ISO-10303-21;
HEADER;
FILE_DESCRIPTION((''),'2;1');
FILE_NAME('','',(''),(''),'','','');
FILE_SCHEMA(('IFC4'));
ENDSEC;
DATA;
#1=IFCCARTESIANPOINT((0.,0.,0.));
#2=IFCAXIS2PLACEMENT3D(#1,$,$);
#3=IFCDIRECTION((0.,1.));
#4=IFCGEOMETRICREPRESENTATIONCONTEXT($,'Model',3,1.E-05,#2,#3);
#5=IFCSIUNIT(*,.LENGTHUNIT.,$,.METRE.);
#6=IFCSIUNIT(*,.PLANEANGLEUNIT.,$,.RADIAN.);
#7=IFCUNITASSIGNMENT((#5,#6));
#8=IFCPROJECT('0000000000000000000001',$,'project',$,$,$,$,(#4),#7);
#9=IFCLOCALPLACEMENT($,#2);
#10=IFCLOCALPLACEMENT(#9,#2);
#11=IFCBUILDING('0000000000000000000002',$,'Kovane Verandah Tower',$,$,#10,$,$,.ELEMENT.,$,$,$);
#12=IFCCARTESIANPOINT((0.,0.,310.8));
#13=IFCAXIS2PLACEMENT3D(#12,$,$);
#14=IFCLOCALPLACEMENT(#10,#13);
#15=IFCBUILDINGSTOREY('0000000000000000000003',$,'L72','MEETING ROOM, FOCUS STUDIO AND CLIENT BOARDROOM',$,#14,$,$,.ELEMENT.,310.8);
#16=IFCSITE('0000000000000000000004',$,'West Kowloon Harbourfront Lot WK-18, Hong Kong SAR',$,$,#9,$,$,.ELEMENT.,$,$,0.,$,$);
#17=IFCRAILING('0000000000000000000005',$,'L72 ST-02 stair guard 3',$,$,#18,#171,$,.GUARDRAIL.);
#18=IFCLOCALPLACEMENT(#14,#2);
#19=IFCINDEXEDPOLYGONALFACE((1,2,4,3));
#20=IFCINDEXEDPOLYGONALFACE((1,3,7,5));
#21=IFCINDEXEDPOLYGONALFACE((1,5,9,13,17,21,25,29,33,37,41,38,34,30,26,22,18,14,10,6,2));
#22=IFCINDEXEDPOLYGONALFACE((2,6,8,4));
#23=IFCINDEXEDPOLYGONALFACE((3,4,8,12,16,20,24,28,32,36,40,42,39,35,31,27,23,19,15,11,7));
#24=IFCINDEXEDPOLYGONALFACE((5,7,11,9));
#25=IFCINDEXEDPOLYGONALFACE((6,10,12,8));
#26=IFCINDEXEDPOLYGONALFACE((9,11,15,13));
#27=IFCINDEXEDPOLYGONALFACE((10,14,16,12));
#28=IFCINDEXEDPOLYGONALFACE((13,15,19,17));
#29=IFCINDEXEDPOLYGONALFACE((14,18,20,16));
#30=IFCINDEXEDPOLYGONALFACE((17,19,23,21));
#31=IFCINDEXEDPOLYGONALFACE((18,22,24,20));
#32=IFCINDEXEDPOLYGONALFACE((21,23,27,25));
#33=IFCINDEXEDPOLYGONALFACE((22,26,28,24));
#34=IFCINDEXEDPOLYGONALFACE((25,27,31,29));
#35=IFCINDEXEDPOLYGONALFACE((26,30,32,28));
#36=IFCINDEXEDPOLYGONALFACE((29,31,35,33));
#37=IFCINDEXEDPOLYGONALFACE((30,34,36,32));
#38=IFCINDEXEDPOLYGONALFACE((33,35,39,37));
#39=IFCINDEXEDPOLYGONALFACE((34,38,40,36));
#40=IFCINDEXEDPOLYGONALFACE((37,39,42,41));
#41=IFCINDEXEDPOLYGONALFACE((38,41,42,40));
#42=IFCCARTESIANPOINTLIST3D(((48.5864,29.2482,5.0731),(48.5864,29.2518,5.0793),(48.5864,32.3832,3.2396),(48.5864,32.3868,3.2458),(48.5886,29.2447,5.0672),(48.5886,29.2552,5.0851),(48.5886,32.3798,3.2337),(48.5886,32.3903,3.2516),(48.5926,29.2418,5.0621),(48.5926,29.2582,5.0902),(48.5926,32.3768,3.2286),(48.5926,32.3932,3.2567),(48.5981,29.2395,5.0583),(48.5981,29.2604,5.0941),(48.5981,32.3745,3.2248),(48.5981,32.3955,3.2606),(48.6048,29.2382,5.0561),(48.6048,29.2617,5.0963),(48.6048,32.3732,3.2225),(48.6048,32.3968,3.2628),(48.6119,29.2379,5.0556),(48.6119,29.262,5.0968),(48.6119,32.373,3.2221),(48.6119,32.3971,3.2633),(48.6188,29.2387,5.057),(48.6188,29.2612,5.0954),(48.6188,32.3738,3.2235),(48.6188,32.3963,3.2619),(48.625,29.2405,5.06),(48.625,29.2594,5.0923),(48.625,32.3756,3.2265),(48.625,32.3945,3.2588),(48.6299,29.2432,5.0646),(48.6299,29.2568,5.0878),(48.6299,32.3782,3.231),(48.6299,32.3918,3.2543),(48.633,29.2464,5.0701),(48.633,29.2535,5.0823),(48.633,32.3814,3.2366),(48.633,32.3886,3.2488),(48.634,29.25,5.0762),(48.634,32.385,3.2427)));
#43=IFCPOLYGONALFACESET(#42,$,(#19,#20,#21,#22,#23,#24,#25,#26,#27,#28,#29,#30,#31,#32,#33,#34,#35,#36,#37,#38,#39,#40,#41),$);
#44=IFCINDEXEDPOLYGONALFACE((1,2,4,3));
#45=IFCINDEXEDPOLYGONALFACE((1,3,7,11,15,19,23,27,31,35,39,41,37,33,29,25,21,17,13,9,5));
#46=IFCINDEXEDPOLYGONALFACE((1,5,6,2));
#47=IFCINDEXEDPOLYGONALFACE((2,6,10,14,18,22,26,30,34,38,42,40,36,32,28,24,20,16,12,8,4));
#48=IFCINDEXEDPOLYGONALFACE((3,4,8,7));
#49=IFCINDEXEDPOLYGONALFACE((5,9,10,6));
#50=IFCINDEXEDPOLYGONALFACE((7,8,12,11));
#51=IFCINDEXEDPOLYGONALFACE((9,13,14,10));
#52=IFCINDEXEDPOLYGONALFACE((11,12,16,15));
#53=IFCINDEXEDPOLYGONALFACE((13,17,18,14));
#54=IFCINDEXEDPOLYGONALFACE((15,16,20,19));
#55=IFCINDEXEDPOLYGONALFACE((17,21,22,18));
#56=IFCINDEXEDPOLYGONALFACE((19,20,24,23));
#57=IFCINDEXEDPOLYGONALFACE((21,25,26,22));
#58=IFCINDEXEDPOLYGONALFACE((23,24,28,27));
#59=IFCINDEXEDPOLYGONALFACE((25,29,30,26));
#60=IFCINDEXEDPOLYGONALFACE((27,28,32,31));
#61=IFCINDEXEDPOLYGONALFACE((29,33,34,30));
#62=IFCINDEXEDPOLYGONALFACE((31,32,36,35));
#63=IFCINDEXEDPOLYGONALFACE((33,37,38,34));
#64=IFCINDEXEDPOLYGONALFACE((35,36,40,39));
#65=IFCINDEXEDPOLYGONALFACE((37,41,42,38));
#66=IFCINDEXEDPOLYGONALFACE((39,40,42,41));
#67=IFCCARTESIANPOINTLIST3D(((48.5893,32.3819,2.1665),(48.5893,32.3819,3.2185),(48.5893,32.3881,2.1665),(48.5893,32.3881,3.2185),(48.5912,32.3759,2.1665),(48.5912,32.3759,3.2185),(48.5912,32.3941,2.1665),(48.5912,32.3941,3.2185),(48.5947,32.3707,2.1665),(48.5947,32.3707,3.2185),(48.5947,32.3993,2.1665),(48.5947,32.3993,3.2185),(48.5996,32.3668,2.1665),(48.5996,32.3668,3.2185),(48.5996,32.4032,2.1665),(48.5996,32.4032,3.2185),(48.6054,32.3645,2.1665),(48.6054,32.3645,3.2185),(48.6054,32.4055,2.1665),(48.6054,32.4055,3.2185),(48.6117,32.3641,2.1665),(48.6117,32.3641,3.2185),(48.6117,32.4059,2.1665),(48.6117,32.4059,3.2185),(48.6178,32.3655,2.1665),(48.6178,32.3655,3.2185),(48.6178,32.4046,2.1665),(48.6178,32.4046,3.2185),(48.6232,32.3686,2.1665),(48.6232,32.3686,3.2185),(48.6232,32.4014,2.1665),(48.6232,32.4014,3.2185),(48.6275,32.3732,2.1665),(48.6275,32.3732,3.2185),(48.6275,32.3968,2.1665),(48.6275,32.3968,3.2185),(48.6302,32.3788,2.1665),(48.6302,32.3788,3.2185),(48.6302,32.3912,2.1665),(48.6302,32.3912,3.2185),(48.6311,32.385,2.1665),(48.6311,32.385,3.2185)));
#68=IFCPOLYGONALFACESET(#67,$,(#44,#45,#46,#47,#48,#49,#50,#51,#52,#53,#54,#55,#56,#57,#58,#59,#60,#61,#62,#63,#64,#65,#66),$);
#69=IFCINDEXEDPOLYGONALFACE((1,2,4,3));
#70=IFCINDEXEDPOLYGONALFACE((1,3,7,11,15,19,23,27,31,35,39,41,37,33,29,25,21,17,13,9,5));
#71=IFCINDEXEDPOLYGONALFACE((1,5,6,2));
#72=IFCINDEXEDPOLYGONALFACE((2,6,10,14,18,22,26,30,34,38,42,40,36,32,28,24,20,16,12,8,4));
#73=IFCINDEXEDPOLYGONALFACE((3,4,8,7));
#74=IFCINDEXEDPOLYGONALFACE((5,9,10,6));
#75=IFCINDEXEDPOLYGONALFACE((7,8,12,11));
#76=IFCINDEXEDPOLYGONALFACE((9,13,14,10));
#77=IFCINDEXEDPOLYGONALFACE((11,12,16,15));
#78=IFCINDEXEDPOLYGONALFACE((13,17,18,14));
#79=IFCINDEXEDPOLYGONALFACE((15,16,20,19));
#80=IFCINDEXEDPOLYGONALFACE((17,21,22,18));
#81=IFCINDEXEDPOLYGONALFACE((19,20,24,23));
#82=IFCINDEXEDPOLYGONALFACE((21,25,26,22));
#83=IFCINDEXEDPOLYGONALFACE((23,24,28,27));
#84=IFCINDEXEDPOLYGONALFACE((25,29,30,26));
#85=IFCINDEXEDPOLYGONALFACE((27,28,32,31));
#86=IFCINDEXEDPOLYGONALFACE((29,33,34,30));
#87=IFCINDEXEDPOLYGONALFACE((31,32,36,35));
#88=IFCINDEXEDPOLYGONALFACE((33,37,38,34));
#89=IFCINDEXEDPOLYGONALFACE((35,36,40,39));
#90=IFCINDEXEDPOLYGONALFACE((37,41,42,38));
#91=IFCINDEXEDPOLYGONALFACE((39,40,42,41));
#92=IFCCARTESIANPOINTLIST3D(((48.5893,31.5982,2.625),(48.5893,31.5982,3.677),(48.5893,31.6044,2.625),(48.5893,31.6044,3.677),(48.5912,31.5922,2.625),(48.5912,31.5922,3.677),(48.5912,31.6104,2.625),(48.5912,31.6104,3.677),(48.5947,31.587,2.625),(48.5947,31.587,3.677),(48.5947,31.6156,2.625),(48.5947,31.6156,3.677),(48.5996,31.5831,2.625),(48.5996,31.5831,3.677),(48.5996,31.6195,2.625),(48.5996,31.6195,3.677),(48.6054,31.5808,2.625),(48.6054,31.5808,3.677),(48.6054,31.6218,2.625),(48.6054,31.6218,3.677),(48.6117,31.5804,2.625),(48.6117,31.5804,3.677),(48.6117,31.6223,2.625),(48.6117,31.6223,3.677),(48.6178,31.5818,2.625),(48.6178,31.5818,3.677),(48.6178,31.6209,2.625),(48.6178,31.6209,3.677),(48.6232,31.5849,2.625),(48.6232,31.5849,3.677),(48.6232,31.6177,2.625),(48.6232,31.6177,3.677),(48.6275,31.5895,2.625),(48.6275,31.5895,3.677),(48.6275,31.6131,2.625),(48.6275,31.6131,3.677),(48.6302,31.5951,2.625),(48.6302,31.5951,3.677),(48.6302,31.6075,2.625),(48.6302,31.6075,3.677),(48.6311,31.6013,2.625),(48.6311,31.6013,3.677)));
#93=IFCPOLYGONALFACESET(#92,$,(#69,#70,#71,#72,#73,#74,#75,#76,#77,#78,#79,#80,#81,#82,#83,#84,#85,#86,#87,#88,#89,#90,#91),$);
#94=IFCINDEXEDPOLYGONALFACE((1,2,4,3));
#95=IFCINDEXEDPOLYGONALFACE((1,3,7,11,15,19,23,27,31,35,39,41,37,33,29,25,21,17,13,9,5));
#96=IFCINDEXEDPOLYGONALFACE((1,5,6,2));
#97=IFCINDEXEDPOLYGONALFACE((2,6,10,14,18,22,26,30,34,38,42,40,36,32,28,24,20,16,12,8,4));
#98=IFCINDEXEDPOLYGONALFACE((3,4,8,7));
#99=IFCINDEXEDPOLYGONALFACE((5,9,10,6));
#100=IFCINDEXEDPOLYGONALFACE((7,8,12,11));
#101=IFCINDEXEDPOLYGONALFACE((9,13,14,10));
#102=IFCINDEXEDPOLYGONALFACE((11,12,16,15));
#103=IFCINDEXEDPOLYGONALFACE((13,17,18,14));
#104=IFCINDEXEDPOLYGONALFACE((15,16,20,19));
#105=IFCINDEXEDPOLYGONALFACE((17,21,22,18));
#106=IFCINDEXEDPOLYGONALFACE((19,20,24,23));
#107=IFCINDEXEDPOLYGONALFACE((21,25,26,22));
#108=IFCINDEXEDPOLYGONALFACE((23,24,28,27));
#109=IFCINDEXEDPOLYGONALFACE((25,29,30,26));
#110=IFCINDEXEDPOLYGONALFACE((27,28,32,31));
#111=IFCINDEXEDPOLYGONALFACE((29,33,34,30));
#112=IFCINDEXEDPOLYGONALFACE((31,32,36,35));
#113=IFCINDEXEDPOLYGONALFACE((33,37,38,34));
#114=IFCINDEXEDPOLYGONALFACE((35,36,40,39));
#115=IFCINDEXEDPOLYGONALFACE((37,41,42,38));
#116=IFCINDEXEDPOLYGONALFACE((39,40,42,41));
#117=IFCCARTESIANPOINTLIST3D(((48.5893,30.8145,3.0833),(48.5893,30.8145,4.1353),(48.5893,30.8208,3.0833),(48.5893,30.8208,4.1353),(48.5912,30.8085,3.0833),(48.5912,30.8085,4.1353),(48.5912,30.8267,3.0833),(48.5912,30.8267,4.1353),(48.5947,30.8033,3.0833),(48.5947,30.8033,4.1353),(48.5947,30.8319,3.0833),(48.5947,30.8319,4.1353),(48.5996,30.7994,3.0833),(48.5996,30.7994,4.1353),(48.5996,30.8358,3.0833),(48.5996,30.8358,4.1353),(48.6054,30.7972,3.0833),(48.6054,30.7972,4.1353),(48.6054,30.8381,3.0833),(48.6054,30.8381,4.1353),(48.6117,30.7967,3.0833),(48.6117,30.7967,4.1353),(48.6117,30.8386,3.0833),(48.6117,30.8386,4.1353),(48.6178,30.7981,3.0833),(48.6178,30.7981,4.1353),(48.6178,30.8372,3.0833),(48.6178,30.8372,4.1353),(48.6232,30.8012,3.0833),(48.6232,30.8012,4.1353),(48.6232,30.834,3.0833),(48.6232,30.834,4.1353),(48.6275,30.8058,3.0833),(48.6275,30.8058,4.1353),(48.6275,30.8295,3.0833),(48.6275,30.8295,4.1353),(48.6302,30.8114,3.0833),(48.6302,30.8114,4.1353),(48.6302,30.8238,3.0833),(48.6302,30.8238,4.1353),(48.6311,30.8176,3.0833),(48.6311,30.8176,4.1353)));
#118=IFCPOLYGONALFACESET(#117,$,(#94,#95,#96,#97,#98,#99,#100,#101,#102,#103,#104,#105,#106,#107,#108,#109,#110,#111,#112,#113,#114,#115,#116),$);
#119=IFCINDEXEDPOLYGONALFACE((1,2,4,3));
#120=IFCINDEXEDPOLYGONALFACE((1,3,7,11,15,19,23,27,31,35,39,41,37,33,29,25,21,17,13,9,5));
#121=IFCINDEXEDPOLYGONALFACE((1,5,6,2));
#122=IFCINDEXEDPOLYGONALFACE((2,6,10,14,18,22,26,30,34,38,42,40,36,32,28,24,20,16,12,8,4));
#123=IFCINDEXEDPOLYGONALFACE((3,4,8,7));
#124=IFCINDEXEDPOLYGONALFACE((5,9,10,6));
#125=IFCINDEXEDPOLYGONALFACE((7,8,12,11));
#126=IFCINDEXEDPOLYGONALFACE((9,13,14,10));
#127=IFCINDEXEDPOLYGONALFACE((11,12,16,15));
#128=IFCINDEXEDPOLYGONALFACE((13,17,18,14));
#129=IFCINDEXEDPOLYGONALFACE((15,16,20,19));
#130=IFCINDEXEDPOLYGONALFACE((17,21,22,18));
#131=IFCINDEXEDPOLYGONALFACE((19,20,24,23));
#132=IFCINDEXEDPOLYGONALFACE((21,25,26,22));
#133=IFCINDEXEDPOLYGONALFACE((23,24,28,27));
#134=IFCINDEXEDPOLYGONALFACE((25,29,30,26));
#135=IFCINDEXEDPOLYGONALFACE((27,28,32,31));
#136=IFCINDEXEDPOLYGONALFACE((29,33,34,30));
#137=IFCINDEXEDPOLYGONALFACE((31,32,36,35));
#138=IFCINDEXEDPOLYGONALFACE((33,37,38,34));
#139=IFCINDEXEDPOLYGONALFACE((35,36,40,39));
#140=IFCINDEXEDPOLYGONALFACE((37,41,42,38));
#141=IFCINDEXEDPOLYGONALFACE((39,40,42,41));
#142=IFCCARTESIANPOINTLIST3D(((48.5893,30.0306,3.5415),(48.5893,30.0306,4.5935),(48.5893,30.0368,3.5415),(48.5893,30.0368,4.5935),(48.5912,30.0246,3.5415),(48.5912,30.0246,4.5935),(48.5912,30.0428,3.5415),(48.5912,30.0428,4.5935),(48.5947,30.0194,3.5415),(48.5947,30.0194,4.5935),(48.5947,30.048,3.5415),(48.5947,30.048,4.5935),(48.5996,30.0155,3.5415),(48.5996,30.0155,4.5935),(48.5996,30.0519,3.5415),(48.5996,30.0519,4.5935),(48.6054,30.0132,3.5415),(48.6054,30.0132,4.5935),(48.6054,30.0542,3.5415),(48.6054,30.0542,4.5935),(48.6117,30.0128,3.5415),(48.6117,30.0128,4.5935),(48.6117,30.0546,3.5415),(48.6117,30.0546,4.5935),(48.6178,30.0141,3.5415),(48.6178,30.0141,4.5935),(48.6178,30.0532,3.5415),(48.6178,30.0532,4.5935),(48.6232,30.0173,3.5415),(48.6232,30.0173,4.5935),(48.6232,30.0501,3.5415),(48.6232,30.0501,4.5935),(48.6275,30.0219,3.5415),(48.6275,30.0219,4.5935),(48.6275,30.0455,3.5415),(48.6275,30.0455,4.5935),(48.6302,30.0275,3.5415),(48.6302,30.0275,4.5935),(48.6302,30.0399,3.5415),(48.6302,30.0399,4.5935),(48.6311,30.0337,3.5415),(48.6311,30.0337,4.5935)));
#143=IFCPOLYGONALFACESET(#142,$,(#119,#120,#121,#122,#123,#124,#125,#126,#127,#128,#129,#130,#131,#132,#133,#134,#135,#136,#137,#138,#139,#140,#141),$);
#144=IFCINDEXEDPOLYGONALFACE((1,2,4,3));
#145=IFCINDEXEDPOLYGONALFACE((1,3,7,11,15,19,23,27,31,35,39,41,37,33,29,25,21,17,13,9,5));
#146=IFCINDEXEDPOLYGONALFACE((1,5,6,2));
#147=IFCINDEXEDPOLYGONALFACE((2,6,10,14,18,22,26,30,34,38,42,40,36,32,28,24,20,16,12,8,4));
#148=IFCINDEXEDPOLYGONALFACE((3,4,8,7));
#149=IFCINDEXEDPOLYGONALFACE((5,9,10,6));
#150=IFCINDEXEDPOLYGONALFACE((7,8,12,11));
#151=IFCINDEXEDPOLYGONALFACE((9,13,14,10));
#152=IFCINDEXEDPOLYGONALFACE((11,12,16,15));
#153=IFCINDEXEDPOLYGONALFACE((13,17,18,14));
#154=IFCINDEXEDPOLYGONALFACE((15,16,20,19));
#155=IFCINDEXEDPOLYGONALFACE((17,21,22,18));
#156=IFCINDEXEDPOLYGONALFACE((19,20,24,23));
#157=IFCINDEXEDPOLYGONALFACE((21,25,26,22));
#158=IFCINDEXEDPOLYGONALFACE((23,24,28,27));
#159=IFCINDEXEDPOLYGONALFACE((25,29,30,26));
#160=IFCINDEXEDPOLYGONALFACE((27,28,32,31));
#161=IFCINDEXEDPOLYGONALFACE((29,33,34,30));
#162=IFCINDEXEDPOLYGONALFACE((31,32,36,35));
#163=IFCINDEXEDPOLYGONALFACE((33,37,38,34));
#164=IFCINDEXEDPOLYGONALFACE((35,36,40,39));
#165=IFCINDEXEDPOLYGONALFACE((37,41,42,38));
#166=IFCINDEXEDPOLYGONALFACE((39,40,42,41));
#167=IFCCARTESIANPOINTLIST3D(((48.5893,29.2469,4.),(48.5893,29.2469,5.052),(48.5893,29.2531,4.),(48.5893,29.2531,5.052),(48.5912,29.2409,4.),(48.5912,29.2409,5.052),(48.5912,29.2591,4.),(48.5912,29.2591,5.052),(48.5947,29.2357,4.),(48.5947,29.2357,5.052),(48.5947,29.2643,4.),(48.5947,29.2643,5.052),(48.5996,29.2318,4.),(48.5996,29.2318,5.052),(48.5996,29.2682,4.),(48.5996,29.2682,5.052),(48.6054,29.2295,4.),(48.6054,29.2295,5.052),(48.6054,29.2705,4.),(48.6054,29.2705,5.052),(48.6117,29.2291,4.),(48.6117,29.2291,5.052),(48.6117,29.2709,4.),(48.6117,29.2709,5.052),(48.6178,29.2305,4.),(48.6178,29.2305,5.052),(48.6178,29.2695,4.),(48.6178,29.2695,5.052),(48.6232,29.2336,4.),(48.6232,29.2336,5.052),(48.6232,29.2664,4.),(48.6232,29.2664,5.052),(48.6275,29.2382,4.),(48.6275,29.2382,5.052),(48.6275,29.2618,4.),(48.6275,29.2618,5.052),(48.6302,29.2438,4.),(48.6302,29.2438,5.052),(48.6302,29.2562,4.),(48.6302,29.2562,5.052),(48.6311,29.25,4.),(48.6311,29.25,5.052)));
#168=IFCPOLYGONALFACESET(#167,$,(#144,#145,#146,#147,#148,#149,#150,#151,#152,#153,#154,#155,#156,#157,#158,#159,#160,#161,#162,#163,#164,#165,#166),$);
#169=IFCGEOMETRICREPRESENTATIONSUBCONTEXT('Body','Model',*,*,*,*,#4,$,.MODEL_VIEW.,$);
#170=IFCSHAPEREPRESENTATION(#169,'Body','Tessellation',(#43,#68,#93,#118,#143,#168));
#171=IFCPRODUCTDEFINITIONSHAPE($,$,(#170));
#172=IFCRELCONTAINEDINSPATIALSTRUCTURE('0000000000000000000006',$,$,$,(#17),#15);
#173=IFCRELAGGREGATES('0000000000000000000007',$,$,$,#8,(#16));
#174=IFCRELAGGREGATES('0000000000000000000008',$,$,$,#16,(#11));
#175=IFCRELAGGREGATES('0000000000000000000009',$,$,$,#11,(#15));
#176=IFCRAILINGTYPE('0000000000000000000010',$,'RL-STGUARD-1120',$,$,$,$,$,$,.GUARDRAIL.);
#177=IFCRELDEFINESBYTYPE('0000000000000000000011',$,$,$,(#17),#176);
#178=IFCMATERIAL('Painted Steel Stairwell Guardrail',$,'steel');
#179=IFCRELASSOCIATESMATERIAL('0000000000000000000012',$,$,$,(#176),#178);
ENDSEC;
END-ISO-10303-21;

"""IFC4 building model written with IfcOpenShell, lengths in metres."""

from ifc_helpers import new_model, si_unit, direction, frame, origin, origin_2d, place, context, subcontext, project, spatial, circle, extrude, material, type_object, element, save


model = new_model("IFC4")

# Units and contexts
model_context = context("Model", 3, precision=1e-05, world=origin(), true_north=direction((0.0, 1.0)))
body_context = subcontext(model_context, "Body", "Model", "MODEL_VIEW")
ifc_project = project(units=[si_unit("LENGTHUNIT", "METRE"), si_unit("PLANEANGLEUNIT", "RADIAN")], contexts=[model_context])

# Site, building, storey
site_placement = place(None, origin())
site = spatial("IfcSite", under=ifc_project, at=site_placement, Name="West Kowloon Harbourfront Lot WK-18, Hong Kong SAR", CompositionType="ELEMENT", RefElevation=0.0)
building_placement = place(site_placement, origin())
building = spatial("IfcBuilding", under=site, at=building_placement, Name="Kovane Verandah Tower", CompositionType="ELEMENT")
storey_placement = place(building_placement, frame((0.0, 0.0, 310.8)))
storey = spatial("IfcBuildingStorey", under=building, at=storey_placement, Name="L72", Description="MEETING ROOM, FOCUS STUDIO AND CLIENT BOARDROOM", CompositionType="ELEMENT", Elevation=310.8)

# Railing
ifc_material_1 = material(Name="Painted Steel Stairwell Guardrail", Category="steel")
railing_type_1 = type_object("IfcRailingType", Name="RL-STGUARD-1120", PredefinedType="GUARDRAIL", material=ifc_material_1)
railing_1_placement = place(storey_placement, frame((48.6101, 32.385, 2.1665)))
element("IfcRailing", 1, at=railing_1_placement, inside=storey, type_object=railing_type_1, Name="L72 ST-02 stair guard 3", PredefinedType="GUARDRAIL", context=body_context, shape_type="SweptSolid", body=[
    extrude(circle(Radius=0.0239, at=origin_2d()), frame((0.0, 0.0, 1.0762), z_axis=(0.0, -0.86321, 0.504845), x_axis=(1.0, 0.0, 0.0)), (0.0, 0.0, 1.0), 3.6318),
    extrude(circle(Radius=0.021, at=origin_2d()), origin(), (0.0, 0.0, 1.0), 1.052),
    extrude(circle(Radius=0.021, at=origin_2d()), frame((0.0, -0.7837, 0.4585)), (0.0, 0.0, 1.0), 1.052),
    extrude(circle(Radius=0.021, at=origin_2d()), frame((0.0, -1.5674, 0.9167)), (0.0, 0.0, 1.0), 1.052),
    extrude(circle(Radius=0.021, at=origin_2d()), frame((0.0, -2.3513, 1.375)), (0.0, 0.0, 1.0), 1.052),
    extrude(circle(Radius=0.021, at=origin_2d()), frame((0.0, -3.135, 1.8335)), (0.0, 0.0, 1.0), 1.052),
])

save(model, "model.ifc")
